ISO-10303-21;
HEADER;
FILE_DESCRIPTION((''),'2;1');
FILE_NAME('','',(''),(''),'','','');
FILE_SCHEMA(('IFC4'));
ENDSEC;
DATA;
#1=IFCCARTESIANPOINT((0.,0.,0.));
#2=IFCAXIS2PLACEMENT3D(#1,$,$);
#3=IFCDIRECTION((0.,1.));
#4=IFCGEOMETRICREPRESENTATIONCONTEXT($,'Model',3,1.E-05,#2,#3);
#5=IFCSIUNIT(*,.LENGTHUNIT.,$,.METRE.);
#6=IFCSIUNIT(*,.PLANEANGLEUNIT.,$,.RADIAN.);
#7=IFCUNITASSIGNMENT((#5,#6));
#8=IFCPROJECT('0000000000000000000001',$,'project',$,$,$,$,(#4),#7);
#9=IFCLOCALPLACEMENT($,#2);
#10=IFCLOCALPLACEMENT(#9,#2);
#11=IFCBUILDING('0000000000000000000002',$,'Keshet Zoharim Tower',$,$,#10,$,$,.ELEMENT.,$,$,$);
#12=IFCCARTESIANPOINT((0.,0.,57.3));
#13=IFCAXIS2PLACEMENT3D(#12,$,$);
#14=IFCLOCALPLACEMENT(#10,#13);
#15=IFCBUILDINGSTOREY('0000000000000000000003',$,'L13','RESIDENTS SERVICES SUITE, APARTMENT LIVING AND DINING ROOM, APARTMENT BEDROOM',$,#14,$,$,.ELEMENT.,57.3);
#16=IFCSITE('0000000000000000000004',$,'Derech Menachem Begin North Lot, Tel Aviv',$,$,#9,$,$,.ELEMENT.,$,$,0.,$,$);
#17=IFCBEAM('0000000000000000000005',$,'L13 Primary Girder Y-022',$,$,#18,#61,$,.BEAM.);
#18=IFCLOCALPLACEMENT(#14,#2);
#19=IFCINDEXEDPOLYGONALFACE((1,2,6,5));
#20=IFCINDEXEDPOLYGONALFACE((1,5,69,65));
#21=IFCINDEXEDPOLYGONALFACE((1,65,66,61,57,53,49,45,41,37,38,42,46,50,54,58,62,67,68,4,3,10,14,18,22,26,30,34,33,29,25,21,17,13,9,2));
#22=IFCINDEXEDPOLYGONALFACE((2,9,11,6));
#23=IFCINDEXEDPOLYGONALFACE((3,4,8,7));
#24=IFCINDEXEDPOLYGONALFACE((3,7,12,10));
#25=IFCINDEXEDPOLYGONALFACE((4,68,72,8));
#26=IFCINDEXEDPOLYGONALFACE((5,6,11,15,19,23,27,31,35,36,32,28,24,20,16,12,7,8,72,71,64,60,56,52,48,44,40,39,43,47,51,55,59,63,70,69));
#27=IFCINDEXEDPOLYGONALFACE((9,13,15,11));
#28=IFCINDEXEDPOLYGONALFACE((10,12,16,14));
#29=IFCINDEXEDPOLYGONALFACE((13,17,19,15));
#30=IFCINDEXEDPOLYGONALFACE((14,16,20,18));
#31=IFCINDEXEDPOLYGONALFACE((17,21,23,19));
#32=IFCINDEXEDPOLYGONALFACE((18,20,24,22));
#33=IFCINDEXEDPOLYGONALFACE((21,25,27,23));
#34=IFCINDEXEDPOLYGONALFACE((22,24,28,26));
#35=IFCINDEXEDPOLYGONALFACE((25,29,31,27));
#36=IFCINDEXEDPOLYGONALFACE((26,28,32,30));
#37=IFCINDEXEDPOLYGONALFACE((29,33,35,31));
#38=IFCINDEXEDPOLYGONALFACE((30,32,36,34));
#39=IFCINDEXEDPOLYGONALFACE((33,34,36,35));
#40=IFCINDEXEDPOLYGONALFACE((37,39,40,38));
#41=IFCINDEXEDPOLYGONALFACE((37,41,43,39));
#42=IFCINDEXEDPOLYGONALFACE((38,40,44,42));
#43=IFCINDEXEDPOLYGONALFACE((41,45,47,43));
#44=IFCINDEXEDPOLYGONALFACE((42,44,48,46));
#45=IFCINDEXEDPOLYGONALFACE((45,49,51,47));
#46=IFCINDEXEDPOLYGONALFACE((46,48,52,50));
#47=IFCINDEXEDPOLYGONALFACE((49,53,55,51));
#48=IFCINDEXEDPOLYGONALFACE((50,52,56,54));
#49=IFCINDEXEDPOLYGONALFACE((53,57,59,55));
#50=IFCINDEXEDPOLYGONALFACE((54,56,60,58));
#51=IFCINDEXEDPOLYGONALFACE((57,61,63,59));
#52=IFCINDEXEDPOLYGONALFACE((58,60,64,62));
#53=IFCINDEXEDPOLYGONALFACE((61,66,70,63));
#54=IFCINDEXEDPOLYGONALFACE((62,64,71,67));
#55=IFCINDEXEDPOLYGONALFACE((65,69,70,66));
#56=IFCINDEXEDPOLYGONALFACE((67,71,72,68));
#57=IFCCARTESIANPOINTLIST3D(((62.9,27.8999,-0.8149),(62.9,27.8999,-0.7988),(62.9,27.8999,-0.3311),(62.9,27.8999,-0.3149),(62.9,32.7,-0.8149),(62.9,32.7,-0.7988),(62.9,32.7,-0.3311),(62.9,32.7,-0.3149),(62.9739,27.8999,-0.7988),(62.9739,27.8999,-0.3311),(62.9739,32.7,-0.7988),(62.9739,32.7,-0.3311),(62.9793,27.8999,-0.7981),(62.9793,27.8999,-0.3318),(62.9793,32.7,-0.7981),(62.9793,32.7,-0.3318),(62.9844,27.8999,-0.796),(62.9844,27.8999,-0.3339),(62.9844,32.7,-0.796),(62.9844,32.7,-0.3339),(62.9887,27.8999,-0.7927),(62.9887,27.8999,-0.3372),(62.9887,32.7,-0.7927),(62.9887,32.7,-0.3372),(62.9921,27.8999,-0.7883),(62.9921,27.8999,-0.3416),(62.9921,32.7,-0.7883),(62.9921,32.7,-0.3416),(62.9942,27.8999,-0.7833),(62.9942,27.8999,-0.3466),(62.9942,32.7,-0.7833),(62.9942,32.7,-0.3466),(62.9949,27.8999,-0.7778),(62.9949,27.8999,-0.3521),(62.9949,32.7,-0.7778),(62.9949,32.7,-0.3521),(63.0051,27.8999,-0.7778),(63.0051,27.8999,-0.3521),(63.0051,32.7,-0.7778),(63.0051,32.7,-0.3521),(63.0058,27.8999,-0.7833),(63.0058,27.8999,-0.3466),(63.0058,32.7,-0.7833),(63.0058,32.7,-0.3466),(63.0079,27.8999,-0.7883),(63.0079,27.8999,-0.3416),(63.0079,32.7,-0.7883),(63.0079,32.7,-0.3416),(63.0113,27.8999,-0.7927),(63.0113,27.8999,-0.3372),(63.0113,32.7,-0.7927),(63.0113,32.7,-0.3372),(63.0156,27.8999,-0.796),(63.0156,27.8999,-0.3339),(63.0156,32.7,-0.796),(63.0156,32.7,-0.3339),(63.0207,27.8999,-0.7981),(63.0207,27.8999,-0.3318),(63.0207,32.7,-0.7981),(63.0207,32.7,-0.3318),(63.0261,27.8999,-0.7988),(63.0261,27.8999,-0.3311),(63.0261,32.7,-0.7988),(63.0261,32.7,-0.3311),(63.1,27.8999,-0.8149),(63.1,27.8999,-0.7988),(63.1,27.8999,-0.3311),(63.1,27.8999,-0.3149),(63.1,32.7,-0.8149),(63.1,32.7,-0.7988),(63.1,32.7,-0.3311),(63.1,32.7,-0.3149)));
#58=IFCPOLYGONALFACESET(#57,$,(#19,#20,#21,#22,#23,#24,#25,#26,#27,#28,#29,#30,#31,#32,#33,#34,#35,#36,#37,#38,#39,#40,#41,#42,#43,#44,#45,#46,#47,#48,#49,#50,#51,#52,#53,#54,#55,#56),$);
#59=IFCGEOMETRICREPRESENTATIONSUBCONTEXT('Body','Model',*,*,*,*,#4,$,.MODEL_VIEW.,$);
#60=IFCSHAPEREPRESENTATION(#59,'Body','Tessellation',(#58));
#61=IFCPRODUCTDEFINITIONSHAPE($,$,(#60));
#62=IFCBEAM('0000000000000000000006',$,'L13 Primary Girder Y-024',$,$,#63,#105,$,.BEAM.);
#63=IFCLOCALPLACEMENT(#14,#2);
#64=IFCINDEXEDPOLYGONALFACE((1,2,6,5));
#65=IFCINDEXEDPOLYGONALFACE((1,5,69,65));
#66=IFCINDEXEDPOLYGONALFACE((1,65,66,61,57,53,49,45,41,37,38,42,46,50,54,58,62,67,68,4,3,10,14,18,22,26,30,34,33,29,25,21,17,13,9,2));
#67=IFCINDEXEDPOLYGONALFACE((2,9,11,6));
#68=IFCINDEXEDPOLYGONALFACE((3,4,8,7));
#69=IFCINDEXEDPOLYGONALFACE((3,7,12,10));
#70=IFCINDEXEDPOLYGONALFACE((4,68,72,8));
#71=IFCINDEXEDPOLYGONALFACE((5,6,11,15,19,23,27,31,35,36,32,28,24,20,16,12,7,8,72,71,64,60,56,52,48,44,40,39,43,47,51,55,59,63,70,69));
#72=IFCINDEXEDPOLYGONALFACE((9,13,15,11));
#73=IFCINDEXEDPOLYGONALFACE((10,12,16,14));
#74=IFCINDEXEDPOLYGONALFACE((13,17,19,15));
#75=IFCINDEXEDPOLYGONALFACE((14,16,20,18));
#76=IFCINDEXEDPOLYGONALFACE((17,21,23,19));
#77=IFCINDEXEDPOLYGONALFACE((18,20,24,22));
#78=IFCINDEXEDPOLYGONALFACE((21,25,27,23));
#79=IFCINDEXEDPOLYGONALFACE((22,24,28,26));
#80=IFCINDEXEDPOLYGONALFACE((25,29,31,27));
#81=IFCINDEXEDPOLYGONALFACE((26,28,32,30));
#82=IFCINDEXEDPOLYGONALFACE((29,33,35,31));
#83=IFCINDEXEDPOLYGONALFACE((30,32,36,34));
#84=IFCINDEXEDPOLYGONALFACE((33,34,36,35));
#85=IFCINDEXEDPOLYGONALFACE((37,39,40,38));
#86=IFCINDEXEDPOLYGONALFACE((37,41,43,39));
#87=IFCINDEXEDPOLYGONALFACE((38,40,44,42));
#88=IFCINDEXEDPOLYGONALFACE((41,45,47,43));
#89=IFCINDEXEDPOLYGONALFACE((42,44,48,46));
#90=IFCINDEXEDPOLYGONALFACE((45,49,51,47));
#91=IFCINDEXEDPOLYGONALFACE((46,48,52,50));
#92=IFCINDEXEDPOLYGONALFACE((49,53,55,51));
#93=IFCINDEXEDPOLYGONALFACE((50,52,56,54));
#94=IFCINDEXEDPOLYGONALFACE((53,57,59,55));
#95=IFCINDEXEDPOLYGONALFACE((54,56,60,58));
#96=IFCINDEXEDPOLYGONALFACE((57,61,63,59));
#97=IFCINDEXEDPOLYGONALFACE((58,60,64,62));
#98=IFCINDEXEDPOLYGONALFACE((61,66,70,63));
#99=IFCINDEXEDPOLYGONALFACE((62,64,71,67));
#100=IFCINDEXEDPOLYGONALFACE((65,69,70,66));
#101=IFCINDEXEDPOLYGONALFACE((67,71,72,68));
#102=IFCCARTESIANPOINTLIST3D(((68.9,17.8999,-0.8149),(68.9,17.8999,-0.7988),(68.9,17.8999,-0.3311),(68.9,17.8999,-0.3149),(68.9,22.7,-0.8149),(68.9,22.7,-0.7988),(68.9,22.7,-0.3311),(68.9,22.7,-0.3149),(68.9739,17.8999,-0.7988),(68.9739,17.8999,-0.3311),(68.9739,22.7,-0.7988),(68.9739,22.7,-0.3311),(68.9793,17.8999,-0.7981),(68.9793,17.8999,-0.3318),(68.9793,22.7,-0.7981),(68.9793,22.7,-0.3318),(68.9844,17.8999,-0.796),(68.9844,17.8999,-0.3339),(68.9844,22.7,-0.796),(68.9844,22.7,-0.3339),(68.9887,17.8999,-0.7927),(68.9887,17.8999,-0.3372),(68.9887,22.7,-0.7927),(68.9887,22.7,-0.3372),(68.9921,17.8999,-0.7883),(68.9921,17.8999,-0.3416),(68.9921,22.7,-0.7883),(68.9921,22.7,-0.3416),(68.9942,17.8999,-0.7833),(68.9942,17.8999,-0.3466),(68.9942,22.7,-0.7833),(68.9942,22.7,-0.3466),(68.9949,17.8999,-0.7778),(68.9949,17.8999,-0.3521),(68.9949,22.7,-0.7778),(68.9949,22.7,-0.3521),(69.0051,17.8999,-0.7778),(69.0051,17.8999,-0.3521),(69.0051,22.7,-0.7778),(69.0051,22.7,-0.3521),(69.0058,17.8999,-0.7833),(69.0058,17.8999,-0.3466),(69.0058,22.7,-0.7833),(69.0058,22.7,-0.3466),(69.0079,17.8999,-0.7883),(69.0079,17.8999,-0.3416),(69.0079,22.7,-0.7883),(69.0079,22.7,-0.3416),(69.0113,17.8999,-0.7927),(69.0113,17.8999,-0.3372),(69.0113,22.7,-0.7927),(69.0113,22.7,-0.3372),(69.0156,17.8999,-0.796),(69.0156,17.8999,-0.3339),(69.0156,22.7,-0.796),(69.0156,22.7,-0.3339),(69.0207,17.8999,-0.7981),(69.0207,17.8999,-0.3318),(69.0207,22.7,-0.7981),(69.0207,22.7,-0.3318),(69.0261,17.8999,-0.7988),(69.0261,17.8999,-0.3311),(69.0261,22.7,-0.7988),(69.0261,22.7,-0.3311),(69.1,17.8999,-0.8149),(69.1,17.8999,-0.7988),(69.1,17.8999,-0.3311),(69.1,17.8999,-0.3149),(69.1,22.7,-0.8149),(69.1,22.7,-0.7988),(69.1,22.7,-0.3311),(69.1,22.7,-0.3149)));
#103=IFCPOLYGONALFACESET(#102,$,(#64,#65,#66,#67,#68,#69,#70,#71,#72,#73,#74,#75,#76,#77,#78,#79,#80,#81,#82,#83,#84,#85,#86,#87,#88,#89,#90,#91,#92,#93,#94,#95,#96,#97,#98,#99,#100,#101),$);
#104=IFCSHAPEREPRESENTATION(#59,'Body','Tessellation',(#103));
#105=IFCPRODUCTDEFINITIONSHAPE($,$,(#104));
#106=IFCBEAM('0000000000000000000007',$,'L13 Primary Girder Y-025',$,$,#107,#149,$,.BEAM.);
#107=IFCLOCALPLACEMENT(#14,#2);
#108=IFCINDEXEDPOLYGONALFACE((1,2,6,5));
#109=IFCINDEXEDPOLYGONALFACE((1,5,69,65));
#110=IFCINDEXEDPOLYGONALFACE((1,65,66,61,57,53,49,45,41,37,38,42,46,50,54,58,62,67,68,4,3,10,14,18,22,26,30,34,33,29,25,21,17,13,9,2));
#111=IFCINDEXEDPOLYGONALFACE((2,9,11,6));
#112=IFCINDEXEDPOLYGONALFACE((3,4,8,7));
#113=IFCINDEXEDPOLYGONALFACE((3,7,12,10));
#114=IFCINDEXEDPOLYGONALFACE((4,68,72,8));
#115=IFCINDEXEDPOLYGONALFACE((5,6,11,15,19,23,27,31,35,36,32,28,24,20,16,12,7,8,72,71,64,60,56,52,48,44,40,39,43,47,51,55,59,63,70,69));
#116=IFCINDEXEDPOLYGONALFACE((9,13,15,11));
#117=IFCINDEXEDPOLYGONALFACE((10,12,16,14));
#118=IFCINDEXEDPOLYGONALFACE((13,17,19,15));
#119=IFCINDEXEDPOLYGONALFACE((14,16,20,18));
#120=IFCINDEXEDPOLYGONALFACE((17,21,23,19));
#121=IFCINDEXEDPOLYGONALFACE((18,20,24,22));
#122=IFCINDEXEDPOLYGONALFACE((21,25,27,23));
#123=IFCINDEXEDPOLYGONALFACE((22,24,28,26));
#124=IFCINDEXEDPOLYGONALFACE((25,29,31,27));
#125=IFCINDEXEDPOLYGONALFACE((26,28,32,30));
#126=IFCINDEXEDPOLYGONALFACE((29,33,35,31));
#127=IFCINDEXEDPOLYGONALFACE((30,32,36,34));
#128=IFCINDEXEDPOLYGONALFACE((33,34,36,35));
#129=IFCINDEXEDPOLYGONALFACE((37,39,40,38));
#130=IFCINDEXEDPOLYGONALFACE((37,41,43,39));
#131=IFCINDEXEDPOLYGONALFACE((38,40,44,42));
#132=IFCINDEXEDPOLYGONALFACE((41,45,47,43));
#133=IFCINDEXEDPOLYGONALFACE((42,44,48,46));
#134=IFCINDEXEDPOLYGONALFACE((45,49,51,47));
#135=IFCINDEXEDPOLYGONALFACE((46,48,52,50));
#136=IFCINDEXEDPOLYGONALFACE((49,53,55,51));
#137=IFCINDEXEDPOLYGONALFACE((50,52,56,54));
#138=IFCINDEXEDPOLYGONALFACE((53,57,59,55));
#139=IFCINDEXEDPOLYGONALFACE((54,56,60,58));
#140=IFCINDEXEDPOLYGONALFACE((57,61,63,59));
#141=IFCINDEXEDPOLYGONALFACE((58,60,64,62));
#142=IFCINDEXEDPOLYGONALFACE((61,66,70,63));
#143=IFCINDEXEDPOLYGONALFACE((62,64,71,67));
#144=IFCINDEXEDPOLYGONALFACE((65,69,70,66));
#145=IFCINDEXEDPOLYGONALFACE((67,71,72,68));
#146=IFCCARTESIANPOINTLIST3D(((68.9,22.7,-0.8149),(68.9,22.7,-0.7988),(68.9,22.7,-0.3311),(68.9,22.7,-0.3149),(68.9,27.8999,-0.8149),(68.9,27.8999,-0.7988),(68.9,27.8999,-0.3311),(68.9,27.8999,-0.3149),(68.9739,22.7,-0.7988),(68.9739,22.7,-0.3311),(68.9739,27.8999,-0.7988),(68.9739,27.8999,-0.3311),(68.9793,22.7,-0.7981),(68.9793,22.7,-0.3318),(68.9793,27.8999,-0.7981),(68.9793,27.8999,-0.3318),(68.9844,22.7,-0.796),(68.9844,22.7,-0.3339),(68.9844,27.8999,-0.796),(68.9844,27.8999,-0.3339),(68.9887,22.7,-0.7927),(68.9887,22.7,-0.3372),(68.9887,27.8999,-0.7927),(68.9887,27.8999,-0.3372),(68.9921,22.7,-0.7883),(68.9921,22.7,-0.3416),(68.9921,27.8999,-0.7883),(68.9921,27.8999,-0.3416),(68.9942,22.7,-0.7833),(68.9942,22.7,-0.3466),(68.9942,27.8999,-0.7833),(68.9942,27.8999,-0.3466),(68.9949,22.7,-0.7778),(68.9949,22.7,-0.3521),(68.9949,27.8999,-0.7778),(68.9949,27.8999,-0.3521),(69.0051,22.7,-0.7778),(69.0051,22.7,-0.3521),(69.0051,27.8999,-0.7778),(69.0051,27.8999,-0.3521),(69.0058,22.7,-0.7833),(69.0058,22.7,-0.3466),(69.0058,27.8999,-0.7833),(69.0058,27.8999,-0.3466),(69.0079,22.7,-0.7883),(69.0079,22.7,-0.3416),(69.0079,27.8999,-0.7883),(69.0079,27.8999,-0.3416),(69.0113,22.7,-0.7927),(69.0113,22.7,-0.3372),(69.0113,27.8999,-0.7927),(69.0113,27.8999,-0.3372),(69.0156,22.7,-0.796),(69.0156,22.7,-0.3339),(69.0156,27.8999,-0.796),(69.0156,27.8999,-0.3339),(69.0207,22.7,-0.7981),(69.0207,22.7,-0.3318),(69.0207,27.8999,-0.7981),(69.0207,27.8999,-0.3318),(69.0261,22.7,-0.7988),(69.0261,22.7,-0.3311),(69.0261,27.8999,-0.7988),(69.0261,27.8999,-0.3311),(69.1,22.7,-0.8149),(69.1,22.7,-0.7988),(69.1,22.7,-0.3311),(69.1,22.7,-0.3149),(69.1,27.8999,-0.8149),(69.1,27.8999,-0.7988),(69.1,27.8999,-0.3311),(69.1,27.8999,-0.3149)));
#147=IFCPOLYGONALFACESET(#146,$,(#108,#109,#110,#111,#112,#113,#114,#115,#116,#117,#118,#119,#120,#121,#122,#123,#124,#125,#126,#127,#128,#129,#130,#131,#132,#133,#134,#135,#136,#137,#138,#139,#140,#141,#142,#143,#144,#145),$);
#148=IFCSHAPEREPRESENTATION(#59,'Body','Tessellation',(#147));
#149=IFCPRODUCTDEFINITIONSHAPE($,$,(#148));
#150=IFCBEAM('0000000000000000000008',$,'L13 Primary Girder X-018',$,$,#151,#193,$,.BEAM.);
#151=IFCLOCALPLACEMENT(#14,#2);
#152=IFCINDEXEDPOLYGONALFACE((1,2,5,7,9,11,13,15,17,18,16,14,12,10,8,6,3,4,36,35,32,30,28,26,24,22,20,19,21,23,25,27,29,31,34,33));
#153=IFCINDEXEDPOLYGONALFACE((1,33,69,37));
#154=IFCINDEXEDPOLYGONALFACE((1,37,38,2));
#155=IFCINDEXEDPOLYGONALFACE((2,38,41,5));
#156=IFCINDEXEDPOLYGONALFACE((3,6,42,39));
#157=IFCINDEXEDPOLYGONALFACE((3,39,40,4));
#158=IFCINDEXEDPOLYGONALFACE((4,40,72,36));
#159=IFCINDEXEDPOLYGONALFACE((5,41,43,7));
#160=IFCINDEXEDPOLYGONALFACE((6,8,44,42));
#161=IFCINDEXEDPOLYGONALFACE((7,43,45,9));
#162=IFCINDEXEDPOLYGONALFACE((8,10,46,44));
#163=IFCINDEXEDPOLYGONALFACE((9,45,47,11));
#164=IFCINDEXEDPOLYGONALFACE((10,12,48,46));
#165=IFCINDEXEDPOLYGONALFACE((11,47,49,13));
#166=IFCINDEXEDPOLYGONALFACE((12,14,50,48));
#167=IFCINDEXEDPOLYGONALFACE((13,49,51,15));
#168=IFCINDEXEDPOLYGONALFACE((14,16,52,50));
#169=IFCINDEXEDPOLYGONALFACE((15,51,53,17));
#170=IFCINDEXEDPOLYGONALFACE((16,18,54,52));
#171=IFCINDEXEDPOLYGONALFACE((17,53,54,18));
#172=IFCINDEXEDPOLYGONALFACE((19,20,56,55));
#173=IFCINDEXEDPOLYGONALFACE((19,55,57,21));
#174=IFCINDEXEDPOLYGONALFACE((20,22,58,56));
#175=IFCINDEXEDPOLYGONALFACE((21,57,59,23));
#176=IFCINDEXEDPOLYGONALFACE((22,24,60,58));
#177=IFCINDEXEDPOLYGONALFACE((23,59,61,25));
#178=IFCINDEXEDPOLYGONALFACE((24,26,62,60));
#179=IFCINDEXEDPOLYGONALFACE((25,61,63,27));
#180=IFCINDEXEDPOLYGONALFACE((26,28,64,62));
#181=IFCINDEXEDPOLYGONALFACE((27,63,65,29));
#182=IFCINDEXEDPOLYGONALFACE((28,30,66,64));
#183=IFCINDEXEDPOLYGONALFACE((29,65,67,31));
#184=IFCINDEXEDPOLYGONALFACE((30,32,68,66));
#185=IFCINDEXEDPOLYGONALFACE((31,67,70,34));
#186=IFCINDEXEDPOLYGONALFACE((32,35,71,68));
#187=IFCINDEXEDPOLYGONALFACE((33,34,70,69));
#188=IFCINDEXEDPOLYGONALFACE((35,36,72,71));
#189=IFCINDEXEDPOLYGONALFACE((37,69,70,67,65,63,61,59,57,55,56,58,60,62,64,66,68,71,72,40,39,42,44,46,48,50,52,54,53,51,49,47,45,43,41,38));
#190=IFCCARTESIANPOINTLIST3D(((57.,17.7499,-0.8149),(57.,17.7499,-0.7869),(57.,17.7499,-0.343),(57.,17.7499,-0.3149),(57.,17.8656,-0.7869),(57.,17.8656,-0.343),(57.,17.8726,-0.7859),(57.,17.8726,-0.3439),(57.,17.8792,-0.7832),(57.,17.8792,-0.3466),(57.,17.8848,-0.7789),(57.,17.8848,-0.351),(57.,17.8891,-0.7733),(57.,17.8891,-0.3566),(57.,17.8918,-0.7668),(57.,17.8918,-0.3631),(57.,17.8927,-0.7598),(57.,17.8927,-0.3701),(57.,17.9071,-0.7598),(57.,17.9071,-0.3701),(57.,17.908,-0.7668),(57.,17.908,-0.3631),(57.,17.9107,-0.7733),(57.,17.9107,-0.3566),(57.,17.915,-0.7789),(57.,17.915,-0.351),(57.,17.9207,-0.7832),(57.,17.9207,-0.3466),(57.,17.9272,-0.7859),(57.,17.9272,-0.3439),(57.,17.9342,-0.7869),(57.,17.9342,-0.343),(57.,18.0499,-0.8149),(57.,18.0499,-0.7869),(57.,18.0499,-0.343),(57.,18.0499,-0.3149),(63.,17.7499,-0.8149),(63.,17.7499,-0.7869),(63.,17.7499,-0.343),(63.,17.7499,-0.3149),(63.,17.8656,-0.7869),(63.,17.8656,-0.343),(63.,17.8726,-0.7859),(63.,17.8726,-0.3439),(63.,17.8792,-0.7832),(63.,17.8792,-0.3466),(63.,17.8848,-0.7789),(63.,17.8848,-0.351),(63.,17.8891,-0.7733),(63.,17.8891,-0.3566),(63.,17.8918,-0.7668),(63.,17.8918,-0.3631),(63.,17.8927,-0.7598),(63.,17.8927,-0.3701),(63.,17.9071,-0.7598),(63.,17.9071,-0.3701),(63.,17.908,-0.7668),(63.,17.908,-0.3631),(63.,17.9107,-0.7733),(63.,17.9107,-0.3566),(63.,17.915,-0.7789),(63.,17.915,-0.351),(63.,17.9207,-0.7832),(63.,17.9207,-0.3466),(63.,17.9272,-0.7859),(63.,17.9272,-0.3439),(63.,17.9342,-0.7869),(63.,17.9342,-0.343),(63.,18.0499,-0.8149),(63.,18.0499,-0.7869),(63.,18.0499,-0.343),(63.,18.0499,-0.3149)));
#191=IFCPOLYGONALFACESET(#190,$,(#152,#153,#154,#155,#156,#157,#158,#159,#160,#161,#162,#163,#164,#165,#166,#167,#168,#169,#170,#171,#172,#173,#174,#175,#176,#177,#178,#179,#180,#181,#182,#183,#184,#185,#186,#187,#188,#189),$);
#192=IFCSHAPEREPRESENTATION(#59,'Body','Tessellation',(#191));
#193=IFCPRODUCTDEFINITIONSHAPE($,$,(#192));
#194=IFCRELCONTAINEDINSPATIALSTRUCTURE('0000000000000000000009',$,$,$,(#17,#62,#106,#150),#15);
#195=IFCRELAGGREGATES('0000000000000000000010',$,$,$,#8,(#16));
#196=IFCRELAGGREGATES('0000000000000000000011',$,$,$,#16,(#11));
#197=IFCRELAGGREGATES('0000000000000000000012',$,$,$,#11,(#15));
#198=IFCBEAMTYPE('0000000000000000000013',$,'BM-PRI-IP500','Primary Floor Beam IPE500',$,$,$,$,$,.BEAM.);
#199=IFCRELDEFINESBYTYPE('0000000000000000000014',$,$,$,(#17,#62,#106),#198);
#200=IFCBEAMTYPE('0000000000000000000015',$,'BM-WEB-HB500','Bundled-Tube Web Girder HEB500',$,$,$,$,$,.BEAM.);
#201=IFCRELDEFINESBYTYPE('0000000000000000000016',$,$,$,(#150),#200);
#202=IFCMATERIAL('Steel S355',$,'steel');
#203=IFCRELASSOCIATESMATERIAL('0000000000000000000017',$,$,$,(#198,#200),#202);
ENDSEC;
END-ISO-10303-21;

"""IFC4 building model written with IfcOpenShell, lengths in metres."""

from ifc_helpers import new_model, si_unit, direction, frame, origin, origin_2d, place, context, subcontext, project, spatial, i_section, extrude, material, material_profile, profile_set, type_object, element, save


model = new_model("IFC4")

# Units and contexts
model_context = context("Model", 3, precision=1e-05, world=origin(), true_north=direction((0.0, 1.0)))
body_context = subcontext(model_context, "Body", "Model", "MODEL_VIEW")
ifc_project = project(units=[si_unit("LENGTHUNIT", "METRE"), si_unit("PLANEANGLEUNIT", "RADIAN")], contexts=[model_context])

# Site, building, storey
site_placement = place(None, origin())
site = spatial("IfcSite", under=ifc_project, at=site_placement, Name="Derech Menachem Begin North Lot, Tel Aviv", CompositionType="ELEMENT", RefElevation=0.0)
building_placement = place(site_placement, origin())
building = spatial("IfcBuilding", under=site, at=building_placement, Name="Keshet Zoharim Tower", CompositionType="ELEMENT")
storey_placement = place(building_placement, frame((0.0, 0.0, 57.3)))
storey = spatial("IfcBuildingStorey", under=building, at=storey_placement, Name="L13", Description="RESIDENTS SERVICES SUITE, APARTMENT LIVING AND DINING ROOM, APARTMENT BEDROOM", CompositionType="ELEMENT", Elevation=57.3)

# Shared definitions
ifc_material_1 = material(Name="Steel S355", Category="steel")

# Beams
ifc_material_profile_1 = material_profile(ifc_material_1, i_section(OverallWidth=0.2, OverallDepth=0.5, WebThickness=0.0103, FlangeThickness=0.0161, FilletRadius=0.021, at=origin_2d()), Name="IPE500")
ifc_profile_set_1 = profile_set([ifc_material_profile_1], Name="Steel S355")
beam_type_1 = type_object("IfcBeamType", Name="BM-PRI-IP500", Description="Primary Floor Beam IPE500", PredefinedType="BEAM", material=ifc_profile_set_1)
for number, where, z_axis, x_axis, name in (
    (1, (63.0, 27.8999, -0.5649), (0.0, 1.0, 0.0), (-1.0, 0.0, 0.0), "L13 Primary Girder Y-022"),
    (2, (69.0, 17.8999, -0.5649), (0.0, 1.0, 0.0), (-1.0, 0.0, 0.0), "L13 Primary Girder Y-024"),
):
    element("IfcBeam", number, at=place(storey_placement, frame(where, z_axis=z_axis, x_axis=x_axis)), inside=storey, type_object=beam_type_1, Name=name, PredefinedType="BEAM", context=body_context, shape_type="SweptSolid", body=[
        extrude(i_section(OverallWidth=0.2, OverallDepth=0.5, WebThickness=0.0103, FlangeThickness=0.0161, FilletRadius=0.021, at=origin_2d()), origin(), (0.0, 0.0, 1.0), 4.8),
    ])
beam_1_placement = place(storey_placement, frame((69.0, 22.7, -0.5649), z_axis=(0.0, 1.0, 0.0), x_axis=(-1.0, 0.0, 0.0)))
element("IfcBeam", 3, at=beam_1_placement, inside=storey, type_object=beam_type_1, Name="L13 Primary Girder Y-025", PredefinedType="BEAM", context=body_context, shape_type="SweptSolid", body=[
    extrude(i_section(OverallWidth=0.2, OverallDepth=0.5, WebThickness=0.0103, FlangeThickness=0.0161, FilletRadius=0.021, at=origin_2d()), origin(), (0.0, 0.0, 1.0), 5.2),
])
ifc_material_profile_2 = material_profile(ifc_material_1, i_section(OverallWidth=0.3, OverallDepth=0.5, WebThickness=0.0144, FlangeThickness=0.0281, FilletRadius=0.0271, at=origin_2d()), Name="HEB500")
ifc_profile_set_2 = profile_set([ifc_material_profile_2], Name="Steel S355")
beam_type_2 = type_object("IfcBeamType", Name="BM-WEB-HB500", Description="Bundled-Tube Web Girder HEB500", PredefinedType="BEAM", material=ifc_profile_set_2)
for number, where, z_axis, x_axis, name in (
    (4, (57.0, 17.8999, -0.5649), (1.0, 0.0, 0.0), (0.0, 1.0, 0.0), "L13 Primary Girder X-018"),
):
    element("IfcBeam", number, at=place(storey_placement, frame(where, z_axis=z_axis, x_axis=x_axis)), inside=storey, type_object=beam_type_2, Name=name, PredefinedType="BEAM", context=body_context, shape_type="SweptSolid", body=[
        extrude(i_section(OverallWidth=0.3, OverallDepth=0.5, WebThickness=0.0144, FlangeThickness=0.0281, FilletRadius=0.0271, at=origin_2d()), origin(), (0.0, 0.0, 1.0), 6.0),
    ])

save(model, "model.ifc")
